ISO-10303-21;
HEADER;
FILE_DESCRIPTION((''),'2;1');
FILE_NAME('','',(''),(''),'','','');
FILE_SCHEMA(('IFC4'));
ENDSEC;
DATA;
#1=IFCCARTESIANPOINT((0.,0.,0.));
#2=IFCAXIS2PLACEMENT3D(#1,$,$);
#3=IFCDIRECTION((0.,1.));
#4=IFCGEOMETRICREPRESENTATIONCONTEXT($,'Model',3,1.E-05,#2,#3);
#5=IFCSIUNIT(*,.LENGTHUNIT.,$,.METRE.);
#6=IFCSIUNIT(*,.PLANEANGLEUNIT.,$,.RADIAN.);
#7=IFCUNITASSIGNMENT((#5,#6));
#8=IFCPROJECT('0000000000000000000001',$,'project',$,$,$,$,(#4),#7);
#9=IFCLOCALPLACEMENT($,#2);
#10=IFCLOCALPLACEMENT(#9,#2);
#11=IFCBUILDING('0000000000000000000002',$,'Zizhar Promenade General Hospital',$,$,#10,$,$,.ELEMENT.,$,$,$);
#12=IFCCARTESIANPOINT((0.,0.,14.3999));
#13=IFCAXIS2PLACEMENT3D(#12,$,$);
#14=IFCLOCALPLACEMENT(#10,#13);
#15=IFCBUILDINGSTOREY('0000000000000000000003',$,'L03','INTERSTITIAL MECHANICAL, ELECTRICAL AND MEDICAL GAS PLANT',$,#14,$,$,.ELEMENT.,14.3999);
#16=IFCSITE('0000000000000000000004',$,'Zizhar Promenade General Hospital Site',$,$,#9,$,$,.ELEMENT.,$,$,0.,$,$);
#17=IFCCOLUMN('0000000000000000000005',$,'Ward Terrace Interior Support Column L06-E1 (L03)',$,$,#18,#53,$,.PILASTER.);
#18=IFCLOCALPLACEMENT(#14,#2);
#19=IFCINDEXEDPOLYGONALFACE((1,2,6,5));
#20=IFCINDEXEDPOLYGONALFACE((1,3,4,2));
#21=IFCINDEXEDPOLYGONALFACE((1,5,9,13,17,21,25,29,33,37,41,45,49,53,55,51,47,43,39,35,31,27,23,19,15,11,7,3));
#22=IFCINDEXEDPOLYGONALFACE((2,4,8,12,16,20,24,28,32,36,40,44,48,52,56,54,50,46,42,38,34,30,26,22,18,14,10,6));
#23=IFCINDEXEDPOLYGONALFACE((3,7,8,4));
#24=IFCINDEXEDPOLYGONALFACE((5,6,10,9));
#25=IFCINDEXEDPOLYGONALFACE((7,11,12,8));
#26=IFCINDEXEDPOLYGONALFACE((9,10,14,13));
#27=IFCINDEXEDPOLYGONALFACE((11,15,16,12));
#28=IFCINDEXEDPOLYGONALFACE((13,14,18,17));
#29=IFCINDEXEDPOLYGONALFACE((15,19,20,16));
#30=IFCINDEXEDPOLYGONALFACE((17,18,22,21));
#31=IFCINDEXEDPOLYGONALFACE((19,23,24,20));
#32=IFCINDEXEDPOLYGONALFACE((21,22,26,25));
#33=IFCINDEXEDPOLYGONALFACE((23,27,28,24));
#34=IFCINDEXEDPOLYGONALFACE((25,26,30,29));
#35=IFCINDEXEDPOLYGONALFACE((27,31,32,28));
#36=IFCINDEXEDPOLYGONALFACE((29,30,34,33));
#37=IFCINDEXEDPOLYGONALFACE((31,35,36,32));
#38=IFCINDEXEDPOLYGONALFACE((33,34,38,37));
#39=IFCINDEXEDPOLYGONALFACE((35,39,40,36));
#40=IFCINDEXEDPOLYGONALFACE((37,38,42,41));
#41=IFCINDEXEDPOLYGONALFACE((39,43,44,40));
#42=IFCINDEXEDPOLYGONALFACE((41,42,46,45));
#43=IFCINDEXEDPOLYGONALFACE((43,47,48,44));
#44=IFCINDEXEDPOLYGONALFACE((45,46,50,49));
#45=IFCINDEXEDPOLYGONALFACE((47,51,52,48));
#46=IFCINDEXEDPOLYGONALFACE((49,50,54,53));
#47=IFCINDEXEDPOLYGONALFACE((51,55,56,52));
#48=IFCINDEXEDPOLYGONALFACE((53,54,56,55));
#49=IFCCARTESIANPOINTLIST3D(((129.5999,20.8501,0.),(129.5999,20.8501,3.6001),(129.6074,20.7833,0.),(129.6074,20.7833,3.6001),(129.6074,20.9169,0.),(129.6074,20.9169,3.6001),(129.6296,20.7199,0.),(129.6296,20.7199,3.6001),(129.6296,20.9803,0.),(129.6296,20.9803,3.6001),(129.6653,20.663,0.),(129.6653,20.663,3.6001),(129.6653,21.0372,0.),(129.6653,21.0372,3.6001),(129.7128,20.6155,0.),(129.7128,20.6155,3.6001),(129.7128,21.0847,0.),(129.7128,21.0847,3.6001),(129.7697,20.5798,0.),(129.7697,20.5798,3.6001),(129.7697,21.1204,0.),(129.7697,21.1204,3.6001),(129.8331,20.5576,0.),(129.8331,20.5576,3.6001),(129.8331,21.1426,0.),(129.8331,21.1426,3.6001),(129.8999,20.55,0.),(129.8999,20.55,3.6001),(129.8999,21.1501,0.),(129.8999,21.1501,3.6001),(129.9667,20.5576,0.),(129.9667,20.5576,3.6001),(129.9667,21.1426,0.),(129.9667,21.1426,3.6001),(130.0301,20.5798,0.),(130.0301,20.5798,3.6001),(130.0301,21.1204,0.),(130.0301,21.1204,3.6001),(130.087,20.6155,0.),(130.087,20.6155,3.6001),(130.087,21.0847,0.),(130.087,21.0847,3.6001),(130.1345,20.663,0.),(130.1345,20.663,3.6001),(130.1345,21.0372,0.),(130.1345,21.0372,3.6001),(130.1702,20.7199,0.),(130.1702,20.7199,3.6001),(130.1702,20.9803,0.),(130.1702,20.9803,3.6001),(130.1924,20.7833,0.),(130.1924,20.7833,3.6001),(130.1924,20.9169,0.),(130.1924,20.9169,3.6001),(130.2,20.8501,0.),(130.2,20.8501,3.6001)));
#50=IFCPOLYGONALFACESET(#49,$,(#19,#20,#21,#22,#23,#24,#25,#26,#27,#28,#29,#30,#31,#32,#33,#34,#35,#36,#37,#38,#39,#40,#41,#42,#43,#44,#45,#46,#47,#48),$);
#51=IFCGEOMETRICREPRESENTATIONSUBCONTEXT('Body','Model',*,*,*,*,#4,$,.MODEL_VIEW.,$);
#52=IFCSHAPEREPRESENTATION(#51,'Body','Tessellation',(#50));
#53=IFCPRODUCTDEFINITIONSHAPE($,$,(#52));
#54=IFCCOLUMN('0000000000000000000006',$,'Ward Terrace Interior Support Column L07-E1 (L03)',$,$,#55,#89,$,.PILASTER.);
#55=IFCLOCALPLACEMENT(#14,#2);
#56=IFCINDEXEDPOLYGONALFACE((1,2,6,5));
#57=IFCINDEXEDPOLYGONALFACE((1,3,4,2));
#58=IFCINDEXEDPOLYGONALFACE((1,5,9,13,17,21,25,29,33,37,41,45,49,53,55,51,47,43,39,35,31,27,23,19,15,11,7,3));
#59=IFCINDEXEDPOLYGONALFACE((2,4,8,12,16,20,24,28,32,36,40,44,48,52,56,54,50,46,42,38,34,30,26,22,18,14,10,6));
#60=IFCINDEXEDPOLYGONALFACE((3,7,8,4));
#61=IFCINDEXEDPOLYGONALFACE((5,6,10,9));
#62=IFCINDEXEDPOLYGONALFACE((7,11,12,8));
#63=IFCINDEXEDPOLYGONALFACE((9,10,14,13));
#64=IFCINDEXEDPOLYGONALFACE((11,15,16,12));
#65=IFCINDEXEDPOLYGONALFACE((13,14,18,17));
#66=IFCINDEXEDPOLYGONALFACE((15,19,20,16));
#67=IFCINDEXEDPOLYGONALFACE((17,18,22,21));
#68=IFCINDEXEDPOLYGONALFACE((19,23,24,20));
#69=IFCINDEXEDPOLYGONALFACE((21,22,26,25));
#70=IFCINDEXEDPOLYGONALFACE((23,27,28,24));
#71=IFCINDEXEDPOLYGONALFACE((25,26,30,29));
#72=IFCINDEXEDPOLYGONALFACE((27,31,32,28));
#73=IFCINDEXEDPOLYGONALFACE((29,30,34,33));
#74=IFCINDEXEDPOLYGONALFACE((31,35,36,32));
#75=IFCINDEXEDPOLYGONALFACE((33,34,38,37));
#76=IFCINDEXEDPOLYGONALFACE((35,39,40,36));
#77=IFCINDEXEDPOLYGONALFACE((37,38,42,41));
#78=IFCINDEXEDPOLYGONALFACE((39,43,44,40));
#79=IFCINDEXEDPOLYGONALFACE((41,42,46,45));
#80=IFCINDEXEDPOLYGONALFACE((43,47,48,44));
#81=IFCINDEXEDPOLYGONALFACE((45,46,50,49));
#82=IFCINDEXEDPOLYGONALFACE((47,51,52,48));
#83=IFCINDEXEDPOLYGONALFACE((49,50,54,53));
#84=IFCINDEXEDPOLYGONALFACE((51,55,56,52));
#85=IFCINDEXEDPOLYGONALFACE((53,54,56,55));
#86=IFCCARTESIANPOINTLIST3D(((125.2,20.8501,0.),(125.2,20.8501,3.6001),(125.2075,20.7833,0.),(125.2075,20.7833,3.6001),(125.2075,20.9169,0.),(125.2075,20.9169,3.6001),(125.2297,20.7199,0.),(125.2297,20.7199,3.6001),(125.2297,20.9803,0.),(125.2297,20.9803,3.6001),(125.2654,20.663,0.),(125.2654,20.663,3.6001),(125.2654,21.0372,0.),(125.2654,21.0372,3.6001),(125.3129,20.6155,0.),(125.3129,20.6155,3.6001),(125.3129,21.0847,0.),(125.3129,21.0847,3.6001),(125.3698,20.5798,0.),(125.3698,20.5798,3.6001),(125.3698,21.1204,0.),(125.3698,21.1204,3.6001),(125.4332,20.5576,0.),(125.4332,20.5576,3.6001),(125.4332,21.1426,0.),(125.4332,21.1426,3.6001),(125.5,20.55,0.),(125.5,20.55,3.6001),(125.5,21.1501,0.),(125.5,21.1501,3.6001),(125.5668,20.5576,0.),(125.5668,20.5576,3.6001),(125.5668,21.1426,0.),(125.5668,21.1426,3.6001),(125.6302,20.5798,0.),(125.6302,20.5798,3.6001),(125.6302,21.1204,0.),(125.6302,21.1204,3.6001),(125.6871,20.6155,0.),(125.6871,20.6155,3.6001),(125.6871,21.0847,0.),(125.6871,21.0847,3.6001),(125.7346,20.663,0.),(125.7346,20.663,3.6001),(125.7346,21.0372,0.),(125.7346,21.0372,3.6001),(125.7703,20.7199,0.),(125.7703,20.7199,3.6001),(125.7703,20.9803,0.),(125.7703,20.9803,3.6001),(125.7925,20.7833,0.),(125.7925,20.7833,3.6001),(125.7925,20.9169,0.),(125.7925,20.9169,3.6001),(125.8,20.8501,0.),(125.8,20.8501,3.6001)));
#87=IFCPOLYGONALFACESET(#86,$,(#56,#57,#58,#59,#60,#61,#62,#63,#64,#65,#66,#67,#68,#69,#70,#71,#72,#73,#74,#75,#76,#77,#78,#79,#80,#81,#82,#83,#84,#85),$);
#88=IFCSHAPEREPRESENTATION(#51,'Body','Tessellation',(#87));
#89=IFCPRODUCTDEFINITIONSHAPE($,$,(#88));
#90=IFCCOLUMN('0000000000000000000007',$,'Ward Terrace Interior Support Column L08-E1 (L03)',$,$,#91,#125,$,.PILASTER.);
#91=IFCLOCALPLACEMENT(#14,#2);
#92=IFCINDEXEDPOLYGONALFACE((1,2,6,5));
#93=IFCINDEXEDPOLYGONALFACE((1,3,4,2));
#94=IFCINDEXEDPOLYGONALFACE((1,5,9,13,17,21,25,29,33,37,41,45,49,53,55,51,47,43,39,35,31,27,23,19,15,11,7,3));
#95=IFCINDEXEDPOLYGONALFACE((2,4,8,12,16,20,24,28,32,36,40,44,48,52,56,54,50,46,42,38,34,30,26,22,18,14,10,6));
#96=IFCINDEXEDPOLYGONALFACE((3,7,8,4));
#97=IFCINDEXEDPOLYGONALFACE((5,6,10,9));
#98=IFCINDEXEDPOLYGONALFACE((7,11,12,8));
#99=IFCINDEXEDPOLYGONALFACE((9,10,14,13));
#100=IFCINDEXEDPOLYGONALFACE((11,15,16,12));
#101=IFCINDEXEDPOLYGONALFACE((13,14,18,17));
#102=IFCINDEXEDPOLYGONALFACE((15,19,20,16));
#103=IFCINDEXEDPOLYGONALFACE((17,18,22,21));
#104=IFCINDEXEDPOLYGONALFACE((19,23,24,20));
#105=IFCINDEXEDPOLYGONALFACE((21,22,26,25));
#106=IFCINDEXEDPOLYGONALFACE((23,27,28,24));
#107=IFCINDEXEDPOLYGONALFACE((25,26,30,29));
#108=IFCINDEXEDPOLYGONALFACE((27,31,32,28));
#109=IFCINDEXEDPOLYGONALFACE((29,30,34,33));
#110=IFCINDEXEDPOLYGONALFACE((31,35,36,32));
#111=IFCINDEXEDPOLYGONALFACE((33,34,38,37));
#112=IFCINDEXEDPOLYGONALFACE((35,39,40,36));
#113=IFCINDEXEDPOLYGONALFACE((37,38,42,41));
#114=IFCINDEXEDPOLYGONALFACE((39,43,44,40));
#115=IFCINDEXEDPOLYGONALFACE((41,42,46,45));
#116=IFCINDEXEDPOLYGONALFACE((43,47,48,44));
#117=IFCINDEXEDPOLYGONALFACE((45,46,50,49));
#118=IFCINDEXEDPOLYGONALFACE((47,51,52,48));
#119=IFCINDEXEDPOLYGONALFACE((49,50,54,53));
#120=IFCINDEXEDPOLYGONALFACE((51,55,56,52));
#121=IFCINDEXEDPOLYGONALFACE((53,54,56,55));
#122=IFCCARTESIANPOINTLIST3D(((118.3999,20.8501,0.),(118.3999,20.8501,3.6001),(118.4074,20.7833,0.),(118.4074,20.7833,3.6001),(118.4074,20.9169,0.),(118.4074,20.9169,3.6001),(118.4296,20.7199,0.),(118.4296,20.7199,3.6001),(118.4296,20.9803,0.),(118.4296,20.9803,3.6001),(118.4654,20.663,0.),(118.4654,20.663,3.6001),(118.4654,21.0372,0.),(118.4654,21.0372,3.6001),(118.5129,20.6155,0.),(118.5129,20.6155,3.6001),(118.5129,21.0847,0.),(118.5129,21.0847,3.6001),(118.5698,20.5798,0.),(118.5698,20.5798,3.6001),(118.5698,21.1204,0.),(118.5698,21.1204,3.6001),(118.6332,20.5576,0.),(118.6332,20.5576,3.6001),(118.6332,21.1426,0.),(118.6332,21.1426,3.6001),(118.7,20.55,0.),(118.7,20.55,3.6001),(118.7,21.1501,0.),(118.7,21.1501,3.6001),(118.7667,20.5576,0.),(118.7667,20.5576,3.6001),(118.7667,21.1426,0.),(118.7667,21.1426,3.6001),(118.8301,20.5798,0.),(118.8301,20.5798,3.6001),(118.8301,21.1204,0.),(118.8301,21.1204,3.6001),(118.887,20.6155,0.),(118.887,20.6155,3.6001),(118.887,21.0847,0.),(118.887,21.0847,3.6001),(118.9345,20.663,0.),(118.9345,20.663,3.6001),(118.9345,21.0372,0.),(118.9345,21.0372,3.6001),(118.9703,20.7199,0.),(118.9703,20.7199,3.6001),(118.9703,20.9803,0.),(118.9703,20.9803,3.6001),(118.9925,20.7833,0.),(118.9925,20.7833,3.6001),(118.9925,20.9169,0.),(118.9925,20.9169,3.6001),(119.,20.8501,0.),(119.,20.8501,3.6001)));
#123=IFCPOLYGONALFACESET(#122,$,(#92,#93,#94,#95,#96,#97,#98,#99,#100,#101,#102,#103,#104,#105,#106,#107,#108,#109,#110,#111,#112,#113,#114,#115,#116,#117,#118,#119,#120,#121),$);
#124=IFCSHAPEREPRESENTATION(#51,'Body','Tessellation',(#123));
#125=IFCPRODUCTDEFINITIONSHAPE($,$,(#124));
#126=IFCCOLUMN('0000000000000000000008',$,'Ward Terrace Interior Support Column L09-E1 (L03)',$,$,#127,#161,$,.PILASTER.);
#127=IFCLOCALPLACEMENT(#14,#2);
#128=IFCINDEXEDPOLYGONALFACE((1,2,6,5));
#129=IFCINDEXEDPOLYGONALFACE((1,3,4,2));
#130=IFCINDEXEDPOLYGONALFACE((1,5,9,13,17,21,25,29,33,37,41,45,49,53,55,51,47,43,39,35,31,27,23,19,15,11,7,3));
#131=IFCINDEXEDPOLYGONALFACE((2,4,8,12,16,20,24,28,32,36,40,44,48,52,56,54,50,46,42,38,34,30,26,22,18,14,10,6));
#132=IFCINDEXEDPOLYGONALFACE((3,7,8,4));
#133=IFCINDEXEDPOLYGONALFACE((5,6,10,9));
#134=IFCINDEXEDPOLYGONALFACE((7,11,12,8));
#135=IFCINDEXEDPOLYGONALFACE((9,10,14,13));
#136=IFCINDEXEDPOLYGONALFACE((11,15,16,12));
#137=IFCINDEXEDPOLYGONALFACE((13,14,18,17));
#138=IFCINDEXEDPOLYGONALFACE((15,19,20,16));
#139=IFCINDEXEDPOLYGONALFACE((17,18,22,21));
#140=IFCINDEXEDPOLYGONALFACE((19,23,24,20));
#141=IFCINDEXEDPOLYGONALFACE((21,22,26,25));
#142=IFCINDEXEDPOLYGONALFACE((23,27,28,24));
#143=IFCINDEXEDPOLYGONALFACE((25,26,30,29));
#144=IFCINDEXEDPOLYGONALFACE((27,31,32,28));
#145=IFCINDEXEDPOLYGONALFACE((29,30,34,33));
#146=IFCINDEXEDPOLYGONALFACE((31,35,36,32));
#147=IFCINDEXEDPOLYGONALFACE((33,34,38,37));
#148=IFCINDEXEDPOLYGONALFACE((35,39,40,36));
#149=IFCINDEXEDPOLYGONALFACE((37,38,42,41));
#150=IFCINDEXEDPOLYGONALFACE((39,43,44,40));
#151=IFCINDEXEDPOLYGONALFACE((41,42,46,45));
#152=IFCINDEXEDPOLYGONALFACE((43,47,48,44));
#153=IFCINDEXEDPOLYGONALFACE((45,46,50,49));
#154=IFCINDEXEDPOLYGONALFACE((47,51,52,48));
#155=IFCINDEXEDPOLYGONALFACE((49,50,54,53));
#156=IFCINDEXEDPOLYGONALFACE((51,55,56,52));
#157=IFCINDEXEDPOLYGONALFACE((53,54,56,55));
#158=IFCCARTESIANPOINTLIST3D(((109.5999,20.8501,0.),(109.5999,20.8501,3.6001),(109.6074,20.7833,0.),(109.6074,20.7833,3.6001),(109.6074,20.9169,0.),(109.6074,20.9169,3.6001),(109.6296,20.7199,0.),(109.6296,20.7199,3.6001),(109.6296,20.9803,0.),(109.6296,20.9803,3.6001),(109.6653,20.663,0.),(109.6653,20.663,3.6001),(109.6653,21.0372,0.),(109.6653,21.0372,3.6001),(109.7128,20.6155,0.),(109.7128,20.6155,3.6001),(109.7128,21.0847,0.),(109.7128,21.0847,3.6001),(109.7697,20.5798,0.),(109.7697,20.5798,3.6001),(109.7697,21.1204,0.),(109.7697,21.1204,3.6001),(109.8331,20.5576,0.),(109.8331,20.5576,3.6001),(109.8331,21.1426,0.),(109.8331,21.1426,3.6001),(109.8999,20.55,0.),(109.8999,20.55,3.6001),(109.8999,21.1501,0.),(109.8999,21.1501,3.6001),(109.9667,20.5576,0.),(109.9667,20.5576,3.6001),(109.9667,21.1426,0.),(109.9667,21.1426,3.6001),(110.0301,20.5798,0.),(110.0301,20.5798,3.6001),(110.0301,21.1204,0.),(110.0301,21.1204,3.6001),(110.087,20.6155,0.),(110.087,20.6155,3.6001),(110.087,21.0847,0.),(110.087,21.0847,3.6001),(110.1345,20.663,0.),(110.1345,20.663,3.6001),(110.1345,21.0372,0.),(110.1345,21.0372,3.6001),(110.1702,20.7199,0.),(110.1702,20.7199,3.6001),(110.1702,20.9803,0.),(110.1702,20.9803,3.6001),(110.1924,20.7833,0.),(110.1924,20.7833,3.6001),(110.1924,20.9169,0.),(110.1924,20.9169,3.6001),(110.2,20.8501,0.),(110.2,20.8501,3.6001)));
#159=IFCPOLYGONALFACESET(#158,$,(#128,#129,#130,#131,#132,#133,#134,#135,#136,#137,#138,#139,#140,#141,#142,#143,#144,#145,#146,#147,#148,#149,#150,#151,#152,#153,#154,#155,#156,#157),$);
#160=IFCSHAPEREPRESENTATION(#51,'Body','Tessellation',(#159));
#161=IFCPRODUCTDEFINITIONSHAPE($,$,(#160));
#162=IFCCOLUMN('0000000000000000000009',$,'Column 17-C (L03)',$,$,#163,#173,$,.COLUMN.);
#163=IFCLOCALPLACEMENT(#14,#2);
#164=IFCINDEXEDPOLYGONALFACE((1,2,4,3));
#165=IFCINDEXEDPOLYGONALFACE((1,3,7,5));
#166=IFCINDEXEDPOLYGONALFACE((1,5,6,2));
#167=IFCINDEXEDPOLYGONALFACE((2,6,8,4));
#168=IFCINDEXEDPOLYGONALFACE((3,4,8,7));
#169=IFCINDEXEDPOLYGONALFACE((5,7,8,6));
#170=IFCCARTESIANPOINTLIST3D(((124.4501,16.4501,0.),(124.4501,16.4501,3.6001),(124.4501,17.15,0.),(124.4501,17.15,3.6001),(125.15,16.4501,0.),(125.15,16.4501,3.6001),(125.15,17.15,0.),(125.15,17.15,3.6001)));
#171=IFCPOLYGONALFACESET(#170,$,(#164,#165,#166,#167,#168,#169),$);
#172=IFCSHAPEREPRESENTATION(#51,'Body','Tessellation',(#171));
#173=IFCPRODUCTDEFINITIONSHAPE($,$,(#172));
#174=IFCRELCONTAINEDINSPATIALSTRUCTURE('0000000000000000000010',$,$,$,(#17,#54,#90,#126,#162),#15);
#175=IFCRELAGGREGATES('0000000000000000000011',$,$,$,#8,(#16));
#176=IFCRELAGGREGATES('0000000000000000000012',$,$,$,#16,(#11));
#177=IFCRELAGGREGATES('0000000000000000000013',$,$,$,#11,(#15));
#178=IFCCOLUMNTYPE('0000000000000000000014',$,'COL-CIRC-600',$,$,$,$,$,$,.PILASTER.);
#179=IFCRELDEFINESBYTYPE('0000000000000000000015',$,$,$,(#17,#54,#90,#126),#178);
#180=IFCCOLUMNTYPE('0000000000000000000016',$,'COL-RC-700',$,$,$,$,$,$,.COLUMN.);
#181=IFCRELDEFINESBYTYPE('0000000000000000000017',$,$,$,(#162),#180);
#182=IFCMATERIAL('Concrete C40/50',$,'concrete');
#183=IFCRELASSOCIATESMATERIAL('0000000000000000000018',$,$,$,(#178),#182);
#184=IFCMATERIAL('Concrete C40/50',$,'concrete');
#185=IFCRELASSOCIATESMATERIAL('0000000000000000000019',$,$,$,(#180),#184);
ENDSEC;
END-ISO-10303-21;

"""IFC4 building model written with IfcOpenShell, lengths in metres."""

from ifc_helpers import new_model, si_unit, direction, frame, origin, origin_2d, place, context, subcontext, project, spatial, rectangle, circle, extrude, material, material_profile, profile_set, type_object, element, save


model = new_model("IFC4")

# Units and contexts
model_context = context("Model", 3, precision=1e-05, world=origin(), true_north=direction((0.0, 1.0)))
body_context = subcontext(model_context, "Body", "Model", "MODEL_VIEW")
ifc_project = project(units=[si_unit("LENGTHUNIT", "METRE"), si_unit("PLANEANGLEUNIT", "RADIAN")], contexts=[model_context])

# Site, building, storey
site_placement = place(None, origin())
site = spatial("IfcSite", under=ifc_project, at=site_placement, Name="Zizhar Promenade General Hospital Site", CompositionType="ELEMENT", RefElevation=0.0)
building_placement = place(site_placement, origin())
building = spatial("IfcBuilding", under=site, at=building_placement, Name="Zizhar Promenade General Hospital", CompositionType="ELEMENT")
storey_placement = place(building_placement, frame((0.0, 0.0, 14.3999)))
storey = spatial("IfcBuildingStorey", under=building, at=storey_placement, Name="L03", Description="INTERSTITIAL MECHANICAL, ELECTRICAL AND MEDICAL GAS PLANT", CompositionType="ELEMENT", Elevation=14.3999)

# Columns
ifc_material_1 = material(Name="Concrete C40/50", Category="concrete")
ifc_material_profile_1 = material_profile(ifc_material_1, circle(Radius=0.3, at=origin_2d()))
ifc_profile_set_1 = profile_set([ifc_material_profile_1], Name="Concrete C40/50")
column_type_1 = type_object("IfcColumnType", Name="COL-CIRC-600", PredefinedType="PILASTER", material=ifc_profile_set_1)
for number, where, z_axis, x_axis, name in (
    (1, (129.8999, 20.8501, 0.0), (0.0, 0.0, 1.0), (1.0, 0.0, 0.0), "Ward Terrace Interior Support Column L06-E1 (L03)"),
    (2, (125.5, 20.8501, 0.0), (0.0, 0.0, 1.0), (1.0, 0.0, 0.0), "Ward Terrace Interior Support Column L07-E1 (L03)"),
    (3, (118.7, 20.8501, 0.0), (0.0, 0.0, 1.0), (1.0, 0.0, 0.0), "Ward Terrace Interior Support Column L08-E1 (L03)"),
    (4, (109.8999, 20.8501, 0.0), (0.0, 0.0, 1.0), (1.0, 0.0, 0.0), "Ward Terrace Interior Support Column L09-E1 (L03)"),
):
    element("IfcColumn", number, at=place(storey_placement, frame(where, z_axis=z_axis, x_axis=x_axis)), inside=storey, type_object=column_type_1, Name=name, PredefinedType="PILASTER", context=body_context, shape_type="SweptSolid", body=[
        extrude(circle(Radius=0.3, at=origin_2d()), origin(), (0.0, 0.0, 1.0), 3.6001),
    ])
ifc_material_2 = material(Name="Concrete C40/50", Category="concrete")
ifc_material_profile_2 = material_profile(ifc_material_2, rectangle(XDim=0.7, YDim=0.7, at=origin_2d()))
ifc_profile_set_2 = profile_set([ifc_material_profile_2], Name="Concrete C40/50")
column_type_2 = type_object("IfcColumnType", Name="COL-RC-700", PredefinedType="COLUMN", material=ifc_profile_set_2)
column_1_placement = place(storey_placement, frame((124.8, 16.8, 0.0), z_axis=(0.0, 0.0, 1.0), x_axis=(1.0, 0.0, 0.0)))
element("IfcColumn", 5, at=column_1_placement, inside=storey, type_object=column_type_2, Name="Column 17-C (L03)", PredefinedType="COLUMN", context=body_context, shape_type="SweptSolid", body=[
    extrude(rectangle(XDim=0.7, YDim=0.7, at=origin_2d()), origin(), (0.0, 0.0, 1.0), 3.6001),
])

save(model, "model.ifc")
